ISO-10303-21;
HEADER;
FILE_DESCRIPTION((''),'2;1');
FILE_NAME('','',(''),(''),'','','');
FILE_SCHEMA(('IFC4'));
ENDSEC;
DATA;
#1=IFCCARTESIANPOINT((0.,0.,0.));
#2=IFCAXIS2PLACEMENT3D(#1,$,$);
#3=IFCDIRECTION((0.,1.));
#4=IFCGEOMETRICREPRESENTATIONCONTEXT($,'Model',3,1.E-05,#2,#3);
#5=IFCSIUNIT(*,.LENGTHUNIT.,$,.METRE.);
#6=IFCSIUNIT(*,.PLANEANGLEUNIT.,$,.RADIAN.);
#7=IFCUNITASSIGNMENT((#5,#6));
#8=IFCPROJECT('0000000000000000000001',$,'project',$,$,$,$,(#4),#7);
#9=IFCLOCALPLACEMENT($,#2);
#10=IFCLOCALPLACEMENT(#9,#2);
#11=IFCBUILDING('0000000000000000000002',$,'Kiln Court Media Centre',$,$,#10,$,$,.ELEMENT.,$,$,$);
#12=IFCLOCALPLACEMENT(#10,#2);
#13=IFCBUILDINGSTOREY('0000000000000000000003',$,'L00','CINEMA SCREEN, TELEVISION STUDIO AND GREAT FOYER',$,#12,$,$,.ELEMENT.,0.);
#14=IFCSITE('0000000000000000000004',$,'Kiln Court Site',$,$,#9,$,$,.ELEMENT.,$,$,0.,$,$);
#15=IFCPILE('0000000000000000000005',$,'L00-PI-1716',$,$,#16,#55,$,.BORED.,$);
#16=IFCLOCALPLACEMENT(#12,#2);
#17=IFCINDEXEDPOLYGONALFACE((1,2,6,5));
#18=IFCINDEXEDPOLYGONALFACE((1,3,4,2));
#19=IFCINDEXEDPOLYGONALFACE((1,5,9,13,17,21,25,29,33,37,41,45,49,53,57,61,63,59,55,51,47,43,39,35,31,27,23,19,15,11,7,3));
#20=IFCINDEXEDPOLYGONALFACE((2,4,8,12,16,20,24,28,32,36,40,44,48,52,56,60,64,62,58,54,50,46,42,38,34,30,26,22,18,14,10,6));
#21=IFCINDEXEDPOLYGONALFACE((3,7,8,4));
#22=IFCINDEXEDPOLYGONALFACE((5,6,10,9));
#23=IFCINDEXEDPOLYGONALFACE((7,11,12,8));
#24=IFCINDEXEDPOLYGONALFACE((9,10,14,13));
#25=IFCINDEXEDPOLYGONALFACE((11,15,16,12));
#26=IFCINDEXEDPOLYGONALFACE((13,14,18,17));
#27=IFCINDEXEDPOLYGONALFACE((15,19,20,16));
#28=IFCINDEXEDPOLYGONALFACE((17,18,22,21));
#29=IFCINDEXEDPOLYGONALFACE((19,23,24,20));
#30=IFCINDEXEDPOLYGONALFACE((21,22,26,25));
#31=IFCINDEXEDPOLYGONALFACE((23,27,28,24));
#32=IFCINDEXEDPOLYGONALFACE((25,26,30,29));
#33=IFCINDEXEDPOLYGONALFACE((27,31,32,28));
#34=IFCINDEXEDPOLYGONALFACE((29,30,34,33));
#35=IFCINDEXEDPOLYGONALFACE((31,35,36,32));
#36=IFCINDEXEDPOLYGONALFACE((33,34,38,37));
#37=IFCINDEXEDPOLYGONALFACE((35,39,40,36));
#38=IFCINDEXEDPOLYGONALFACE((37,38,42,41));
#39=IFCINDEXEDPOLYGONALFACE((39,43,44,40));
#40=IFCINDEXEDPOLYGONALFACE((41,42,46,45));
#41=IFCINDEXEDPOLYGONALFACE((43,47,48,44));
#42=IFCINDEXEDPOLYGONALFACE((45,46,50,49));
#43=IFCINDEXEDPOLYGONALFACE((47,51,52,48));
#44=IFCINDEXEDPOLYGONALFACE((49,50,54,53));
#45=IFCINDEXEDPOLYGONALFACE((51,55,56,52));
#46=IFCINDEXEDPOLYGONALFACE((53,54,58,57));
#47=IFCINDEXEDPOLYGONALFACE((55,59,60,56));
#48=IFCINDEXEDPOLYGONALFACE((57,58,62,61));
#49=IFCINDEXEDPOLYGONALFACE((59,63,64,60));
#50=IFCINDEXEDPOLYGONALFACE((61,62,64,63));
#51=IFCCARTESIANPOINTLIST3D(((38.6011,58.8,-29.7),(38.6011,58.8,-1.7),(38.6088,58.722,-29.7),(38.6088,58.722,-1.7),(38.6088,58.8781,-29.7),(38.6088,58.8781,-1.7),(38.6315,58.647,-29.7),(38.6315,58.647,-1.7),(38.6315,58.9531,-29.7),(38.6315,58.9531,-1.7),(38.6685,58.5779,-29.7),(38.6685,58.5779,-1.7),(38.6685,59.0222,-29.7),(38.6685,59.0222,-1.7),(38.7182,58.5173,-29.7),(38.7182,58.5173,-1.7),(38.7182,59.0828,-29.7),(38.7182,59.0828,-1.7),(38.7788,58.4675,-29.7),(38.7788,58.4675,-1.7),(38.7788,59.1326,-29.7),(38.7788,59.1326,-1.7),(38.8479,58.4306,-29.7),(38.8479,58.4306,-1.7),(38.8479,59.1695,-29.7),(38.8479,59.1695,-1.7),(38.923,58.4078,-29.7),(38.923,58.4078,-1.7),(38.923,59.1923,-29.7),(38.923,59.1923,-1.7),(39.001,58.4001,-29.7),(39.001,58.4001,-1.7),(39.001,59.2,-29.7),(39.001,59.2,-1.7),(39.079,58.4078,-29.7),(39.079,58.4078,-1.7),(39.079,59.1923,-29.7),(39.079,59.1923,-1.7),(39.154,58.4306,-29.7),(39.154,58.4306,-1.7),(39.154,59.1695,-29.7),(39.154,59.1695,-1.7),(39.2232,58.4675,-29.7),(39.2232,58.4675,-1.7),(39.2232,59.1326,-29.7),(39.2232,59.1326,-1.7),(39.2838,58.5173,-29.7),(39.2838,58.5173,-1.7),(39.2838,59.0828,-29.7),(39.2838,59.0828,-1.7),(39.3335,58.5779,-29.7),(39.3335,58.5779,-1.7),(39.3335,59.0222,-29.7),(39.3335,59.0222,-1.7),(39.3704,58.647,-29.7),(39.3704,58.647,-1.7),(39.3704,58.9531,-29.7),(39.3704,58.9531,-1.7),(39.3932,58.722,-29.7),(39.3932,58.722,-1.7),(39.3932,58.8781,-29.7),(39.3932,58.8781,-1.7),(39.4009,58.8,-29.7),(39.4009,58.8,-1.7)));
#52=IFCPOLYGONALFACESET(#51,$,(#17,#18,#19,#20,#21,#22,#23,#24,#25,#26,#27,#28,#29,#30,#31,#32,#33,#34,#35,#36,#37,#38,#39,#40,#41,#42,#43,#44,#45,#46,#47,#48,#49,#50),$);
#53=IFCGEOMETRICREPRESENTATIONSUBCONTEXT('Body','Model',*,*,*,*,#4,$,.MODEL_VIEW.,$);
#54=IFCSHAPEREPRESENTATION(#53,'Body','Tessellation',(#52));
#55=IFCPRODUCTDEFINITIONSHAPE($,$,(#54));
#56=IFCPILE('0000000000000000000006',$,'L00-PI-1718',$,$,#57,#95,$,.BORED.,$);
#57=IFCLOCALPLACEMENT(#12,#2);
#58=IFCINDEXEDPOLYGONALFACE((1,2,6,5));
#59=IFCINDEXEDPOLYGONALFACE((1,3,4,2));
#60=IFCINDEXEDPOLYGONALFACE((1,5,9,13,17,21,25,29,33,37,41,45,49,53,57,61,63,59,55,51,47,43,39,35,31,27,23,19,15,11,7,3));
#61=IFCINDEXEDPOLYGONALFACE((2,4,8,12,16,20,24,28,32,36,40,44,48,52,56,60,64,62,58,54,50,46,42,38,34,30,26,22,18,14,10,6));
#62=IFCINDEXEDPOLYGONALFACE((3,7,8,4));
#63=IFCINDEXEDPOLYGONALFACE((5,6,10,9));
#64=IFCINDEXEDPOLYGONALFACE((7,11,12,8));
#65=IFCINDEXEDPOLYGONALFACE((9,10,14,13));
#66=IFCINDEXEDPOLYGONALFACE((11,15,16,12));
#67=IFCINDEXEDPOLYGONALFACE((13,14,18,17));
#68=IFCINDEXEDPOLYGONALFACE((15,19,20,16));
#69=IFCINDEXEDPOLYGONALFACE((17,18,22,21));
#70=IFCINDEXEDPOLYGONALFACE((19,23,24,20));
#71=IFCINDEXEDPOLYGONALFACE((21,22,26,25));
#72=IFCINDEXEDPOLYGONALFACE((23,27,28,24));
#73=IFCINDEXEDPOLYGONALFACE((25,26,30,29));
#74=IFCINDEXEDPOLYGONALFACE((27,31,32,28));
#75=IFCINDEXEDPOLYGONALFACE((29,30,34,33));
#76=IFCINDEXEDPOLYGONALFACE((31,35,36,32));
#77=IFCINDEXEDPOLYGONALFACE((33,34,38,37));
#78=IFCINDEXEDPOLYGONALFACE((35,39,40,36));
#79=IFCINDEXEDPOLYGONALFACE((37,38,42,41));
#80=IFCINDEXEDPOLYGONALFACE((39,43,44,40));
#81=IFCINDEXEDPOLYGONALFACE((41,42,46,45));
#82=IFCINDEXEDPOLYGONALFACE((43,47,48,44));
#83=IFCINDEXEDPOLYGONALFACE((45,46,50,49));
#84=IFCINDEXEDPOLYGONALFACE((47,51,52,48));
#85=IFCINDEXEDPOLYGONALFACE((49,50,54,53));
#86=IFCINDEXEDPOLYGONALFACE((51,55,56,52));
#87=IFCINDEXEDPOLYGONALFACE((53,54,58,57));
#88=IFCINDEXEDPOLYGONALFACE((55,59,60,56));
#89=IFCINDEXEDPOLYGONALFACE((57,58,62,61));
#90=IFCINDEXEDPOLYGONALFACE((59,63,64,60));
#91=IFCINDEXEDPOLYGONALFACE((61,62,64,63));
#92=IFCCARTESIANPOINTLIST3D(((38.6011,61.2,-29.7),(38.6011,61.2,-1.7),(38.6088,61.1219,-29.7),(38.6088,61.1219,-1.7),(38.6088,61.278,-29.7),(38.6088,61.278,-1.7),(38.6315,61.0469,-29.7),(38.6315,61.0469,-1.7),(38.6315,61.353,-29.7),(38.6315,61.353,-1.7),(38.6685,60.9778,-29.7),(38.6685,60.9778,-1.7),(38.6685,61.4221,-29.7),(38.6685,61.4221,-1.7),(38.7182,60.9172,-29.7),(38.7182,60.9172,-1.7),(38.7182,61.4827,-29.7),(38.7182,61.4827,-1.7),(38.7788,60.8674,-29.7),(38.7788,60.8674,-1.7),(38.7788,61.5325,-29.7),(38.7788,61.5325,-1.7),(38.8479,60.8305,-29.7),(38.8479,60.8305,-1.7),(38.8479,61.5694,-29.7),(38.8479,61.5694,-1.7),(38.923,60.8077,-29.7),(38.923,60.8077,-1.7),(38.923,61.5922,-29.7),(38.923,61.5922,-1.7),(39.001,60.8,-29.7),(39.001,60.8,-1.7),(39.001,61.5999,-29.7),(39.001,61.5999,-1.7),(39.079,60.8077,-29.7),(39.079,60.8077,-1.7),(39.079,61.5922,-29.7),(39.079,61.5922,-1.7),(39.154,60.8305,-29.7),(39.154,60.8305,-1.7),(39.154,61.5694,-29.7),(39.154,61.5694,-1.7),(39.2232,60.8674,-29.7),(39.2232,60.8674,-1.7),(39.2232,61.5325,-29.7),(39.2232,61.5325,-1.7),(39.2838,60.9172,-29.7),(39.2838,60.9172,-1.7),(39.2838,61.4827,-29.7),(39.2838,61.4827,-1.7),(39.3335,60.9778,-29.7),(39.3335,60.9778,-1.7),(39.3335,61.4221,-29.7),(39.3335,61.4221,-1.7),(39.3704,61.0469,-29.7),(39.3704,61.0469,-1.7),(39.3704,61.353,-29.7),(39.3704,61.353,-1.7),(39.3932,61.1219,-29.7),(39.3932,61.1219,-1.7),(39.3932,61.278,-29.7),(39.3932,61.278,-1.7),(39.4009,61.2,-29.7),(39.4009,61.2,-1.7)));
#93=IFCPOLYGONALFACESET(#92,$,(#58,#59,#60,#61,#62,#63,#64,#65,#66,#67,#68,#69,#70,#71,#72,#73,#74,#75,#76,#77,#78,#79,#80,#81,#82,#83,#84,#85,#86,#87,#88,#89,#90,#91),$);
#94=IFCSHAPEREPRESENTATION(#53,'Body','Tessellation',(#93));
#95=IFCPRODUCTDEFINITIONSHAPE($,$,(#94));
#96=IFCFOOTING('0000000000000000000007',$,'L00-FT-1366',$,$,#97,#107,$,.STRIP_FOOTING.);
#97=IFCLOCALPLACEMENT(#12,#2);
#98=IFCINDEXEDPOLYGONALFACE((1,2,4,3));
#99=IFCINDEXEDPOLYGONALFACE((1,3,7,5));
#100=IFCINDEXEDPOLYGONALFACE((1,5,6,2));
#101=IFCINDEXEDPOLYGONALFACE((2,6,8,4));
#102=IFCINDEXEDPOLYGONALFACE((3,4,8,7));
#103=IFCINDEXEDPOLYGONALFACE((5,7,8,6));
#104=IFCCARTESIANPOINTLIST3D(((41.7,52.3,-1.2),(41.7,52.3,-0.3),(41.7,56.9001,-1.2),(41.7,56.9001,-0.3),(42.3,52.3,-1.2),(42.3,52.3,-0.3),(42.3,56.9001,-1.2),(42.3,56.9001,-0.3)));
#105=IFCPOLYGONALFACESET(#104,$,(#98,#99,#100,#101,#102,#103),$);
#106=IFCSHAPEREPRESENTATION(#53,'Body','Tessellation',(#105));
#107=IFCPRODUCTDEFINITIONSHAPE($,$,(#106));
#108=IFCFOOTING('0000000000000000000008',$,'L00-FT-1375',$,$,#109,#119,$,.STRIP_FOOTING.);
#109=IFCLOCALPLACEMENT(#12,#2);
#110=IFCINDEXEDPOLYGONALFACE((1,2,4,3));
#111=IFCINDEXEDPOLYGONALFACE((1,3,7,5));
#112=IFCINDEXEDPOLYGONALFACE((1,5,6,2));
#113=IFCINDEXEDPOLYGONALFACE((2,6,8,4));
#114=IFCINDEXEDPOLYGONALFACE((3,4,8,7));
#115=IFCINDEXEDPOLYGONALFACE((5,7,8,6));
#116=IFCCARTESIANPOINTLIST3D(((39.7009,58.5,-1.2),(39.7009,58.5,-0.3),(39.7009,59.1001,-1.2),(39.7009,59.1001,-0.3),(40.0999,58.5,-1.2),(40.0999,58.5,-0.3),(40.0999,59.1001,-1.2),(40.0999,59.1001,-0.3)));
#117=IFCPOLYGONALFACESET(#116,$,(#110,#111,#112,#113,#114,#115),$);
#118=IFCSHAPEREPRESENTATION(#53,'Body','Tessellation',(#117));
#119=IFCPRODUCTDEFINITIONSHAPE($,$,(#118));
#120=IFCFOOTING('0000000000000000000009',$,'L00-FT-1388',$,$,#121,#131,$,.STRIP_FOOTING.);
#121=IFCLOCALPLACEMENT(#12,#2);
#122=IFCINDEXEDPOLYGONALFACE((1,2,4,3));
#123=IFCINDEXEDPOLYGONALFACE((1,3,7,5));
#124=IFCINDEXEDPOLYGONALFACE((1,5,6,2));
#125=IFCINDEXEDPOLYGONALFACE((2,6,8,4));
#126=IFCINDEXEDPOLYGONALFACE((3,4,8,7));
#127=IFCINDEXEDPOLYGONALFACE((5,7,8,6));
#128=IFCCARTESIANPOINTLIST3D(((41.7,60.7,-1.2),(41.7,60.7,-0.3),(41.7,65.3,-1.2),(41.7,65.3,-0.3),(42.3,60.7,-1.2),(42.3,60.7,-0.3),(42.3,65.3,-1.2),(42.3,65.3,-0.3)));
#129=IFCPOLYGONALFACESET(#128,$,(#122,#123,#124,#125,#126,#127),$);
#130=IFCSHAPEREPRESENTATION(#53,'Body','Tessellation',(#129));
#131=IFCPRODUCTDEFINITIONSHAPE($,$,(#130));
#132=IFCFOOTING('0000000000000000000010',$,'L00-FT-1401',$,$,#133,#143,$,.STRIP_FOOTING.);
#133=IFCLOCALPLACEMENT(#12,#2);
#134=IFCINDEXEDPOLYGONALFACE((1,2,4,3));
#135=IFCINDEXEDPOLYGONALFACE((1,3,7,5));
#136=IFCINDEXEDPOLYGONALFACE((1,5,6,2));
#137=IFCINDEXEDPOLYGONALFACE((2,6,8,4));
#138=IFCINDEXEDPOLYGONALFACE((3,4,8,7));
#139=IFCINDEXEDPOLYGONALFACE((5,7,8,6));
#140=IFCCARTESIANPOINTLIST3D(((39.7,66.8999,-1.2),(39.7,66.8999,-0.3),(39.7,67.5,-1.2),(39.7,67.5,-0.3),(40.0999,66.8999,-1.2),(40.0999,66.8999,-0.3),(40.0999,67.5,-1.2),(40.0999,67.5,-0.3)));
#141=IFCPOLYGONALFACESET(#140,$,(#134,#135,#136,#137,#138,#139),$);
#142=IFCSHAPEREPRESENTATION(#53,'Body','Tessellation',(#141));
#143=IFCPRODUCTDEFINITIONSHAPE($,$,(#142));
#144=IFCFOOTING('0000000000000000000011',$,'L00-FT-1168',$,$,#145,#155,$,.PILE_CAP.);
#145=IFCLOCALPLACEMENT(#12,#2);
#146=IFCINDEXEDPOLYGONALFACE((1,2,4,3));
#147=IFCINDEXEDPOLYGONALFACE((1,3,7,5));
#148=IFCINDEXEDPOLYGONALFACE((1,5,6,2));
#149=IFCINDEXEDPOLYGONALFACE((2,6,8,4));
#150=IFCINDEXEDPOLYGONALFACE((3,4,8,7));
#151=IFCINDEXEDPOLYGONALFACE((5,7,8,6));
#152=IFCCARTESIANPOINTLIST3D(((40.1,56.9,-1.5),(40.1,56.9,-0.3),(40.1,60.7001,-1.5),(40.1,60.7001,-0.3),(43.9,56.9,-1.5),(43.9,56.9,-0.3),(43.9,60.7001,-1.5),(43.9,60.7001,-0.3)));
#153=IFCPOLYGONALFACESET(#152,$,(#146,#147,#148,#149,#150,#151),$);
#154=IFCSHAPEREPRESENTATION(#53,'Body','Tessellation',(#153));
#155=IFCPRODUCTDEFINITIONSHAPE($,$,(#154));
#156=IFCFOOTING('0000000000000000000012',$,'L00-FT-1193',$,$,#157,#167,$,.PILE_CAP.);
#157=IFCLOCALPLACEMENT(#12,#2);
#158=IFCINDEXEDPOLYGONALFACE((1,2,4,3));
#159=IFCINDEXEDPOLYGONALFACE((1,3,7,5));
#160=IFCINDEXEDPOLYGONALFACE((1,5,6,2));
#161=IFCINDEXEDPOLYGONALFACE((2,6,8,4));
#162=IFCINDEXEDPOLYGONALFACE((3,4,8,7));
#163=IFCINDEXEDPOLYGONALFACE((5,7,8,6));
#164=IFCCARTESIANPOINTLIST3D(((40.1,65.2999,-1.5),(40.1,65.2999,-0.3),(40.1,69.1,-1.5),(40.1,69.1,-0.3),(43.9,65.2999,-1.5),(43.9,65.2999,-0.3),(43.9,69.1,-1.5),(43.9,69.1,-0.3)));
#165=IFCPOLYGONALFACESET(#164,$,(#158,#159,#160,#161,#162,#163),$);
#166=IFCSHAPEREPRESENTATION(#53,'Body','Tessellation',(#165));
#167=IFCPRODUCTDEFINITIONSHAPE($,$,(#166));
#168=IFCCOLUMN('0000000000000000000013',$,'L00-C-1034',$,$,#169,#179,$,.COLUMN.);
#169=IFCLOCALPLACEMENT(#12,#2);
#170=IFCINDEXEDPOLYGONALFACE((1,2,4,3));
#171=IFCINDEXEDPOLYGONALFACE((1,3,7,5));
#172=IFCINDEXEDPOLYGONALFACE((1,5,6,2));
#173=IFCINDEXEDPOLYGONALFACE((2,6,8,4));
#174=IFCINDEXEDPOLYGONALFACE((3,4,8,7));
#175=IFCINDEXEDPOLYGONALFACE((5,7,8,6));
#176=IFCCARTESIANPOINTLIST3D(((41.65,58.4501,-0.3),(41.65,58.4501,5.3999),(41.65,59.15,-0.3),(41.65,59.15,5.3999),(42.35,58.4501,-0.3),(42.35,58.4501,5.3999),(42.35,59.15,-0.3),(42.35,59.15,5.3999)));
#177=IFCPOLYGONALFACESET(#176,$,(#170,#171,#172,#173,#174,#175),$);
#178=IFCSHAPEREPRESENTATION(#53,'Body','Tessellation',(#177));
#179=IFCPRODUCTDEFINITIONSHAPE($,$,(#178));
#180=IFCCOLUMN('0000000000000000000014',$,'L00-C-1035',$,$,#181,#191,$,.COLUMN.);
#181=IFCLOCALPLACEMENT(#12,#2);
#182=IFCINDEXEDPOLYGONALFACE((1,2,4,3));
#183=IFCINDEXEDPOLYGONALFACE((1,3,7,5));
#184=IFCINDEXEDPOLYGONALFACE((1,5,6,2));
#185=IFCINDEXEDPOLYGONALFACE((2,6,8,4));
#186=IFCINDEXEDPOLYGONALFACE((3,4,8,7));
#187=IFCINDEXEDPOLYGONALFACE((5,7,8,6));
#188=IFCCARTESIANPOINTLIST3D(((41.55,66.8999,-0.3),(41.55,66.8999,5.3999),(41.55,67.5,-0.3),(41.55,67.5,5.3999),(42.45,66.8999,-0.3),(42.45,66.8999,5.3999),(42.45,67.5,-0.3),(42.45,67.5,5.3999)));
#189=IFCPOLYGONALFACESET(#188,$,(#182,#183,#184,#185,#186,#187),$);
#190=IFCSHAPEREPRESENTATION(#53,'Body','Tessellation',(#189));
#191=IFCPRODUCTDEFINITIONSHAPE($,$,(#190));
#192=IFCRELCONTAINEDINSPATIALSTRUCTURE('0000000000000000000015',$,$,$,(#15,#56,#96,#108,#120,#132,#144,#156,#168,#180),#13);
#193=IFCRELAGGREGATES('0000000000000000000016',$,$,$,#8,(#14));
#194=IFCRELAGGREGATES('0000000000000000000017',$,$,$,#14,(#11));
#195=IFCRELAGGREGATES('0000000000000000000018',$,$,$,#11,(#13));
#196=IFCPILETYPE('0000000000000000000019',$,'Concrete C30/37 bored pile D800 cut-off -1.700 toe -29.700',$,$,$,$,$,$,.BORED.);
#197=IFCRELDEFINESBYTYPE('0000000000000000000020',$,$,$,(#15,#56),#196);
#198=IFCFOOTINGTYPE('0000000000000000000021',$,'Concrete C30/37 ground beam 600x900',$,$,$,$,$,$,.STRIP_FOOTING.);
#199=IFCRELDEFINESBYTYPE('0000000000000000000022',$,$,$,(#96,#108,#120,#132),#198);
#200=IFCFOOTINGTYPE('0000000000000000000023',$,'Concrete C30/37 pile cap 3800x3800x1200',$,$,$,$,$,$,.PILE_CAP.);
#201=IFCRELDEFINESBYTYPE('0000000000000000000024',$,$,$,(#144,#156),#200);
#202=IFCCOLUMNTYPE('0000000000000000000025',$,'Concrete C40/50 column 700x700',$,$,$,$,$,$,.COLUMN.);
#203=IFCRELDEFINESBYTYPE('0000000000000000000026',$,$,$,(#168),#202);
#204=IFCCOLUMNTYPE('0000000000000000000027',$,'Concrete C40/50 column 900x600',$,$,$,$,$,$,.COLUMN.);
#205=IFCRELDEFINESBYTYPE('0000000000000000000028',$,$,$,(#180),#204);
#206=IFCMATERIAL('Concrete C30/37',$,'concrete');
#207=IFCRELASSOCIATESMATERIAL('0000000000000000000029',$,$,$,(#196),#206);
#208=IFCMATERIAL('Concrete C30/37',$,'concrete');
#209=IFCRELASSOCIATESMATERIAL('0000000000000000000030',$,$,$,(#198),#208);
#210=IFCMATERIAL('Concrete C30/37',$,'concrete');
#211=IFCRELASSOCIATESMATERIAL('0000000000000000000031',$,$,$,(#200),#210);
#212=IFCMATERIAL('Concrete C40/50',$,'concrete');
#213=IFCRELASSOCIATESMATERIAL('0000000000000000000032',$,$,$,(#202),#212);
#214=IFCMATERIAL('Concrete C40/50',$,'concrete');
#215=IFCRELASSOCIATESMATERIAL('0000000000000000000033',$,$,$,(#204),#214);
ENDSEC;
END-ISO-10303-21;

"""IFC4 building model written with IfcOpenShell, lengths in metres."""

from ifc_helpers import new_model, si_unit, direction, frame, origin, origin_2d, place, context, subcontext, project, spatial, rectangle, circle, extrude, material, material_profile, profile_set, type_object, element, save


model = new_model("IFC4")

# Units and contexts
model_context = context("Model", 3, precision=1e-05, world=origin(), true_north=direction((0.0, 1.0)))
body_context = subcontext(model_context, "Body", "Model", "MODEL_VIEW")
ifc_project = project(units=[si_unit("LENGTHUNIT", "METRE"), si_unit("PLANEANGLEUNIT", "RADIAN")], contexts=[model_context])

# Site, building, storey
site_placement = place(None, origin())
site = spatial("IfcSite", under=ifc_project, at=site_placement, Name="Kiln Court Site", CompositionType="ELEMENT", RefElevation=0.0)
building_placement = place(site_placement, origin())
building = spatial("IfcBuilding", under=site, at=building_placement, Name="Kiln Court Media Centre", CompositionType="ELEMENT")
storey_placement = place(building_placement, origin())
storey = spatial("IfcBuildingStorey", under=building, at=storey_placement, Name="L00", Description="CINEMA SCREEN, TELEVISION STUDIO AND GREAT FOYER", CompositionType="ELEMENT", Elevation=0.0)

# Piles
ifc_material_1 = material(Name="Concrete C30/37", Category="concrete")
ifc_material_profile_1 = material_profile(ifc_material_1, circle(Radius=0.3999, at=origin_2d()), Name="PILE D800")
ifc_profile_set_1 = profile_set([ifc_material_profile_1], Name="Concrete C30/37")
pile_type_1 = type_object("IfcPileType", Name="Concrete C30/37 bored pile D800 cut-off -1.700 toe -29.700", PredefinedType="BORED", material=ifc_profile_set_1)
for number, where, z_axis, x_axis, name in (
    (1, (39.001, 58.8, -1.7), (0.0, 0.0, -1.0), (1.0, 0.0, 0.0), "L00-PI-1716"),
    (2, (39.001, 61.2, -1.7), (0.0, 0.0, -1.0), (1.0, 0.0, 0.0), "L00-PI-1718"),
):
    element("IfcPile", number, at=place(storey_placement, frame(where, z_axis=z_axis, x_axis=x_axis)), inside=storey, type_object=pile_type_1, Name=name, PredefinedType="BORED", context=body_context, shape_type="SweptSolid", body=[
        extrude(circle(Radius=0.3999, at=origin_2d()), origin(), (0.0, 0.0, 1.0), 28.0),
    ])

# Footings
ifc_material_2 = material(Name="Concrete C30/37", Category="concrete")
footing_type_1 = type_object("IfcFootingType", Name="Concrete C30/37 ground beam 600x900", PredefinedType="STRIP_FOOTING", material=ifc_material_2)
footing_1_placement = place(storey_placement, frame((42.0, 54.6001, -1.2), z_axis=(0.0, 0.0, 1.0), x_axis=(1.0, 0.0, 0.0)))
element("IfcFooting", 3, at=footing_1_placement, inside=storey, type_object=footing_type_1, Name="L00-FT-1366", PredefinedType="STRIP_FOOTING", context=body_context, shape_type="SweptSolid", body=[
    extrude(rectangle(XDim=0.6001, YDim=4.6001, at=origin_2d()), origin(), (0.0, 0.0, 1.0), 0.8999),
])
footing_2_placement = place(storey_placement, frame((39.9004, 58.8, -1.2), z_axis=(0.0, 0.0, 1.0), x_axis=(1.0, 0.0, 0.0)))
element("IfcFooting", 4, at=footing_2_placement, inside=storey, type_object=footing_type_1, Name="L00-FT-1375", PredefinedType="STRIP_FOOTING", context=body_context, shape_type="SweptSolid", body=[
    extrude(rectangle(XDim=0.3989, YDim=0.6001, at=origin_2d()), origin(), (0.0, 0.0, 1.0), 0.8999),
])
footing_3_placement = place(storey_placement, frame((42.0, 63.0, -1.2), z_axis=(0.0, 0.0, 1.0), x_axis=(1.0, 0.0, 0.0)))
element("IfcFooting", 5, at=footing_3_placement, inside=storey, type_object=footing_type_1, Name="L00-FT-1388", PredefinedType="STRIP_FOOTING", context=body_context, shape_type="SweptSolid", body=[
    extrude(rectangle(XDim=0.6001, YDim=4.6001, at=origin_2d()), origin(), (0.0, 0.0, 1.0), 0.8999),
])
footing_4_placement = place(storey_placement, frame((39.8999, 67.2, -1.2), z_axis=(0.0, 0.0, 1.0), x_axis=(1.0, 0.0, 0.0)))
element("IfcFooting", 6, at=footing_4_placement, inside=storey, type_object=footing_type_1, Name="L00-FT-1401", PredefinedType="STRIP_FOOTING", context=body_context, shape_type="SweptSolid", body=[
    extrude(rectangle(XDim=0.3999, YDim=0.6001, at=origin_2d()), origin(), (0.0, 0.0, 1.0), 0.8999),
])
ifc_material_3 = material(Name="Concrete C30/37", Category="concrete")
footing_type_2 = type_object("IfcFootingType", Name="Concrete C30/37 pile cap 3800x3800x1200", PredefinedType="PILE_CAP", material=ifc_material_3)
for number, where, z_axis, x_axis, name in (
    (7, (42.0, 58.8, -1.5), (0.0, 0.0, 1.0), (1.0, 0.0, 0.0), "L00-FT-1168"),
    (8, (42.0, 67.2, -1.5), (0.0, 0.0, 1.0), (1.0, 0.0, 0.0), "L00-FT-1193"),
):
    element("IfcFooting", number, at=place(storey_placement, frame(where, z_axis=z_axis, x_axis=x_axis)), inside=storey, type_object=footing_type_2, Name=name, PredefinedType="PILE_CAP", context=body_context, shape_type="SweptSolid", body=[
        extrude(rectangle(XDim=3.8, YDim=3.8, at=origin_2d()), origin(), (0.0, 0.0, 1.0), 1.2),
    ])

# Columns
ifc_material_4 = material(Name="Concrete C40/50", Category="concrete")
ifc_material_profile_2 = material_profile(ifc_material_4, rectangle(XDim=0.7, YDim=0.7, at=origin_2d()), Name="RC 700x700")
ifc_profile_set_2 = profile_set([ifc_material_profile_2], Name="Concrete C40/50")
column_type_1 = type_object("IfcColumnType", Name="Concrete C40/50 column 700x700", PredefinedType="COLUMN", material=ifc_profile_set_2)
column_1_placement = place(storey_placement, frame((42.0, 58.8, -0.3), z_axis=(0.0, 0.0, 1.0), x_axis=(1.0, 0.0, 0.0)))
element("IfcColumn", 9, at=column_1_placement, inside=storey, type_object=column_type_1, Name="L00-C-1034", PredefinedType="COLUMN", context=body_context, shape_type="SweptSolid", body=[
    extrude(rectangle(XDim=0.7, YDim=0.7, at=origin_2d()), origin(), (0.0, 0.0, 1.0), 5.7),
])
ifc_material_5 = material(Name="Concrete C40/50", Category="concrete")
ifc_material_profile_3 = material_profile(ifc_material_5, rectangle(XDim=0.8999, YDim=0.6001, at=origin_2d()), Name="RC 900x600")
ifc_profile_set_3 = profile_set([ifc_material_profile_3], Name="Concrete C40/50")
column_type_2 = type_object("IfcColumnType", Name="Concrete C40/50 column 900x600", PredefinedType="COLUMN", material=ifc_profile_set_3)
column_2_placement = place(storey_placement, frame((42.0, 67.2, -0.3), z_axis=(0.0, 0.0, 1.0), x_axis=(1.0, 0.0, 0.0)))
element("IfcColumn", 10, at=column_2_placement, inside=storey, type_object=column_type_2, Name="L00-C-1035", PredefinedType="COLUMN", context=body_context, shape_type="SweptSolid", body=[
    extrude(rectangle(XDim=0.8999, YDim=0.6001, at=origin_2d()), origin(), (0.0, 0.0, 1.0), 5.7),
])

save(model, "model.ifc")
